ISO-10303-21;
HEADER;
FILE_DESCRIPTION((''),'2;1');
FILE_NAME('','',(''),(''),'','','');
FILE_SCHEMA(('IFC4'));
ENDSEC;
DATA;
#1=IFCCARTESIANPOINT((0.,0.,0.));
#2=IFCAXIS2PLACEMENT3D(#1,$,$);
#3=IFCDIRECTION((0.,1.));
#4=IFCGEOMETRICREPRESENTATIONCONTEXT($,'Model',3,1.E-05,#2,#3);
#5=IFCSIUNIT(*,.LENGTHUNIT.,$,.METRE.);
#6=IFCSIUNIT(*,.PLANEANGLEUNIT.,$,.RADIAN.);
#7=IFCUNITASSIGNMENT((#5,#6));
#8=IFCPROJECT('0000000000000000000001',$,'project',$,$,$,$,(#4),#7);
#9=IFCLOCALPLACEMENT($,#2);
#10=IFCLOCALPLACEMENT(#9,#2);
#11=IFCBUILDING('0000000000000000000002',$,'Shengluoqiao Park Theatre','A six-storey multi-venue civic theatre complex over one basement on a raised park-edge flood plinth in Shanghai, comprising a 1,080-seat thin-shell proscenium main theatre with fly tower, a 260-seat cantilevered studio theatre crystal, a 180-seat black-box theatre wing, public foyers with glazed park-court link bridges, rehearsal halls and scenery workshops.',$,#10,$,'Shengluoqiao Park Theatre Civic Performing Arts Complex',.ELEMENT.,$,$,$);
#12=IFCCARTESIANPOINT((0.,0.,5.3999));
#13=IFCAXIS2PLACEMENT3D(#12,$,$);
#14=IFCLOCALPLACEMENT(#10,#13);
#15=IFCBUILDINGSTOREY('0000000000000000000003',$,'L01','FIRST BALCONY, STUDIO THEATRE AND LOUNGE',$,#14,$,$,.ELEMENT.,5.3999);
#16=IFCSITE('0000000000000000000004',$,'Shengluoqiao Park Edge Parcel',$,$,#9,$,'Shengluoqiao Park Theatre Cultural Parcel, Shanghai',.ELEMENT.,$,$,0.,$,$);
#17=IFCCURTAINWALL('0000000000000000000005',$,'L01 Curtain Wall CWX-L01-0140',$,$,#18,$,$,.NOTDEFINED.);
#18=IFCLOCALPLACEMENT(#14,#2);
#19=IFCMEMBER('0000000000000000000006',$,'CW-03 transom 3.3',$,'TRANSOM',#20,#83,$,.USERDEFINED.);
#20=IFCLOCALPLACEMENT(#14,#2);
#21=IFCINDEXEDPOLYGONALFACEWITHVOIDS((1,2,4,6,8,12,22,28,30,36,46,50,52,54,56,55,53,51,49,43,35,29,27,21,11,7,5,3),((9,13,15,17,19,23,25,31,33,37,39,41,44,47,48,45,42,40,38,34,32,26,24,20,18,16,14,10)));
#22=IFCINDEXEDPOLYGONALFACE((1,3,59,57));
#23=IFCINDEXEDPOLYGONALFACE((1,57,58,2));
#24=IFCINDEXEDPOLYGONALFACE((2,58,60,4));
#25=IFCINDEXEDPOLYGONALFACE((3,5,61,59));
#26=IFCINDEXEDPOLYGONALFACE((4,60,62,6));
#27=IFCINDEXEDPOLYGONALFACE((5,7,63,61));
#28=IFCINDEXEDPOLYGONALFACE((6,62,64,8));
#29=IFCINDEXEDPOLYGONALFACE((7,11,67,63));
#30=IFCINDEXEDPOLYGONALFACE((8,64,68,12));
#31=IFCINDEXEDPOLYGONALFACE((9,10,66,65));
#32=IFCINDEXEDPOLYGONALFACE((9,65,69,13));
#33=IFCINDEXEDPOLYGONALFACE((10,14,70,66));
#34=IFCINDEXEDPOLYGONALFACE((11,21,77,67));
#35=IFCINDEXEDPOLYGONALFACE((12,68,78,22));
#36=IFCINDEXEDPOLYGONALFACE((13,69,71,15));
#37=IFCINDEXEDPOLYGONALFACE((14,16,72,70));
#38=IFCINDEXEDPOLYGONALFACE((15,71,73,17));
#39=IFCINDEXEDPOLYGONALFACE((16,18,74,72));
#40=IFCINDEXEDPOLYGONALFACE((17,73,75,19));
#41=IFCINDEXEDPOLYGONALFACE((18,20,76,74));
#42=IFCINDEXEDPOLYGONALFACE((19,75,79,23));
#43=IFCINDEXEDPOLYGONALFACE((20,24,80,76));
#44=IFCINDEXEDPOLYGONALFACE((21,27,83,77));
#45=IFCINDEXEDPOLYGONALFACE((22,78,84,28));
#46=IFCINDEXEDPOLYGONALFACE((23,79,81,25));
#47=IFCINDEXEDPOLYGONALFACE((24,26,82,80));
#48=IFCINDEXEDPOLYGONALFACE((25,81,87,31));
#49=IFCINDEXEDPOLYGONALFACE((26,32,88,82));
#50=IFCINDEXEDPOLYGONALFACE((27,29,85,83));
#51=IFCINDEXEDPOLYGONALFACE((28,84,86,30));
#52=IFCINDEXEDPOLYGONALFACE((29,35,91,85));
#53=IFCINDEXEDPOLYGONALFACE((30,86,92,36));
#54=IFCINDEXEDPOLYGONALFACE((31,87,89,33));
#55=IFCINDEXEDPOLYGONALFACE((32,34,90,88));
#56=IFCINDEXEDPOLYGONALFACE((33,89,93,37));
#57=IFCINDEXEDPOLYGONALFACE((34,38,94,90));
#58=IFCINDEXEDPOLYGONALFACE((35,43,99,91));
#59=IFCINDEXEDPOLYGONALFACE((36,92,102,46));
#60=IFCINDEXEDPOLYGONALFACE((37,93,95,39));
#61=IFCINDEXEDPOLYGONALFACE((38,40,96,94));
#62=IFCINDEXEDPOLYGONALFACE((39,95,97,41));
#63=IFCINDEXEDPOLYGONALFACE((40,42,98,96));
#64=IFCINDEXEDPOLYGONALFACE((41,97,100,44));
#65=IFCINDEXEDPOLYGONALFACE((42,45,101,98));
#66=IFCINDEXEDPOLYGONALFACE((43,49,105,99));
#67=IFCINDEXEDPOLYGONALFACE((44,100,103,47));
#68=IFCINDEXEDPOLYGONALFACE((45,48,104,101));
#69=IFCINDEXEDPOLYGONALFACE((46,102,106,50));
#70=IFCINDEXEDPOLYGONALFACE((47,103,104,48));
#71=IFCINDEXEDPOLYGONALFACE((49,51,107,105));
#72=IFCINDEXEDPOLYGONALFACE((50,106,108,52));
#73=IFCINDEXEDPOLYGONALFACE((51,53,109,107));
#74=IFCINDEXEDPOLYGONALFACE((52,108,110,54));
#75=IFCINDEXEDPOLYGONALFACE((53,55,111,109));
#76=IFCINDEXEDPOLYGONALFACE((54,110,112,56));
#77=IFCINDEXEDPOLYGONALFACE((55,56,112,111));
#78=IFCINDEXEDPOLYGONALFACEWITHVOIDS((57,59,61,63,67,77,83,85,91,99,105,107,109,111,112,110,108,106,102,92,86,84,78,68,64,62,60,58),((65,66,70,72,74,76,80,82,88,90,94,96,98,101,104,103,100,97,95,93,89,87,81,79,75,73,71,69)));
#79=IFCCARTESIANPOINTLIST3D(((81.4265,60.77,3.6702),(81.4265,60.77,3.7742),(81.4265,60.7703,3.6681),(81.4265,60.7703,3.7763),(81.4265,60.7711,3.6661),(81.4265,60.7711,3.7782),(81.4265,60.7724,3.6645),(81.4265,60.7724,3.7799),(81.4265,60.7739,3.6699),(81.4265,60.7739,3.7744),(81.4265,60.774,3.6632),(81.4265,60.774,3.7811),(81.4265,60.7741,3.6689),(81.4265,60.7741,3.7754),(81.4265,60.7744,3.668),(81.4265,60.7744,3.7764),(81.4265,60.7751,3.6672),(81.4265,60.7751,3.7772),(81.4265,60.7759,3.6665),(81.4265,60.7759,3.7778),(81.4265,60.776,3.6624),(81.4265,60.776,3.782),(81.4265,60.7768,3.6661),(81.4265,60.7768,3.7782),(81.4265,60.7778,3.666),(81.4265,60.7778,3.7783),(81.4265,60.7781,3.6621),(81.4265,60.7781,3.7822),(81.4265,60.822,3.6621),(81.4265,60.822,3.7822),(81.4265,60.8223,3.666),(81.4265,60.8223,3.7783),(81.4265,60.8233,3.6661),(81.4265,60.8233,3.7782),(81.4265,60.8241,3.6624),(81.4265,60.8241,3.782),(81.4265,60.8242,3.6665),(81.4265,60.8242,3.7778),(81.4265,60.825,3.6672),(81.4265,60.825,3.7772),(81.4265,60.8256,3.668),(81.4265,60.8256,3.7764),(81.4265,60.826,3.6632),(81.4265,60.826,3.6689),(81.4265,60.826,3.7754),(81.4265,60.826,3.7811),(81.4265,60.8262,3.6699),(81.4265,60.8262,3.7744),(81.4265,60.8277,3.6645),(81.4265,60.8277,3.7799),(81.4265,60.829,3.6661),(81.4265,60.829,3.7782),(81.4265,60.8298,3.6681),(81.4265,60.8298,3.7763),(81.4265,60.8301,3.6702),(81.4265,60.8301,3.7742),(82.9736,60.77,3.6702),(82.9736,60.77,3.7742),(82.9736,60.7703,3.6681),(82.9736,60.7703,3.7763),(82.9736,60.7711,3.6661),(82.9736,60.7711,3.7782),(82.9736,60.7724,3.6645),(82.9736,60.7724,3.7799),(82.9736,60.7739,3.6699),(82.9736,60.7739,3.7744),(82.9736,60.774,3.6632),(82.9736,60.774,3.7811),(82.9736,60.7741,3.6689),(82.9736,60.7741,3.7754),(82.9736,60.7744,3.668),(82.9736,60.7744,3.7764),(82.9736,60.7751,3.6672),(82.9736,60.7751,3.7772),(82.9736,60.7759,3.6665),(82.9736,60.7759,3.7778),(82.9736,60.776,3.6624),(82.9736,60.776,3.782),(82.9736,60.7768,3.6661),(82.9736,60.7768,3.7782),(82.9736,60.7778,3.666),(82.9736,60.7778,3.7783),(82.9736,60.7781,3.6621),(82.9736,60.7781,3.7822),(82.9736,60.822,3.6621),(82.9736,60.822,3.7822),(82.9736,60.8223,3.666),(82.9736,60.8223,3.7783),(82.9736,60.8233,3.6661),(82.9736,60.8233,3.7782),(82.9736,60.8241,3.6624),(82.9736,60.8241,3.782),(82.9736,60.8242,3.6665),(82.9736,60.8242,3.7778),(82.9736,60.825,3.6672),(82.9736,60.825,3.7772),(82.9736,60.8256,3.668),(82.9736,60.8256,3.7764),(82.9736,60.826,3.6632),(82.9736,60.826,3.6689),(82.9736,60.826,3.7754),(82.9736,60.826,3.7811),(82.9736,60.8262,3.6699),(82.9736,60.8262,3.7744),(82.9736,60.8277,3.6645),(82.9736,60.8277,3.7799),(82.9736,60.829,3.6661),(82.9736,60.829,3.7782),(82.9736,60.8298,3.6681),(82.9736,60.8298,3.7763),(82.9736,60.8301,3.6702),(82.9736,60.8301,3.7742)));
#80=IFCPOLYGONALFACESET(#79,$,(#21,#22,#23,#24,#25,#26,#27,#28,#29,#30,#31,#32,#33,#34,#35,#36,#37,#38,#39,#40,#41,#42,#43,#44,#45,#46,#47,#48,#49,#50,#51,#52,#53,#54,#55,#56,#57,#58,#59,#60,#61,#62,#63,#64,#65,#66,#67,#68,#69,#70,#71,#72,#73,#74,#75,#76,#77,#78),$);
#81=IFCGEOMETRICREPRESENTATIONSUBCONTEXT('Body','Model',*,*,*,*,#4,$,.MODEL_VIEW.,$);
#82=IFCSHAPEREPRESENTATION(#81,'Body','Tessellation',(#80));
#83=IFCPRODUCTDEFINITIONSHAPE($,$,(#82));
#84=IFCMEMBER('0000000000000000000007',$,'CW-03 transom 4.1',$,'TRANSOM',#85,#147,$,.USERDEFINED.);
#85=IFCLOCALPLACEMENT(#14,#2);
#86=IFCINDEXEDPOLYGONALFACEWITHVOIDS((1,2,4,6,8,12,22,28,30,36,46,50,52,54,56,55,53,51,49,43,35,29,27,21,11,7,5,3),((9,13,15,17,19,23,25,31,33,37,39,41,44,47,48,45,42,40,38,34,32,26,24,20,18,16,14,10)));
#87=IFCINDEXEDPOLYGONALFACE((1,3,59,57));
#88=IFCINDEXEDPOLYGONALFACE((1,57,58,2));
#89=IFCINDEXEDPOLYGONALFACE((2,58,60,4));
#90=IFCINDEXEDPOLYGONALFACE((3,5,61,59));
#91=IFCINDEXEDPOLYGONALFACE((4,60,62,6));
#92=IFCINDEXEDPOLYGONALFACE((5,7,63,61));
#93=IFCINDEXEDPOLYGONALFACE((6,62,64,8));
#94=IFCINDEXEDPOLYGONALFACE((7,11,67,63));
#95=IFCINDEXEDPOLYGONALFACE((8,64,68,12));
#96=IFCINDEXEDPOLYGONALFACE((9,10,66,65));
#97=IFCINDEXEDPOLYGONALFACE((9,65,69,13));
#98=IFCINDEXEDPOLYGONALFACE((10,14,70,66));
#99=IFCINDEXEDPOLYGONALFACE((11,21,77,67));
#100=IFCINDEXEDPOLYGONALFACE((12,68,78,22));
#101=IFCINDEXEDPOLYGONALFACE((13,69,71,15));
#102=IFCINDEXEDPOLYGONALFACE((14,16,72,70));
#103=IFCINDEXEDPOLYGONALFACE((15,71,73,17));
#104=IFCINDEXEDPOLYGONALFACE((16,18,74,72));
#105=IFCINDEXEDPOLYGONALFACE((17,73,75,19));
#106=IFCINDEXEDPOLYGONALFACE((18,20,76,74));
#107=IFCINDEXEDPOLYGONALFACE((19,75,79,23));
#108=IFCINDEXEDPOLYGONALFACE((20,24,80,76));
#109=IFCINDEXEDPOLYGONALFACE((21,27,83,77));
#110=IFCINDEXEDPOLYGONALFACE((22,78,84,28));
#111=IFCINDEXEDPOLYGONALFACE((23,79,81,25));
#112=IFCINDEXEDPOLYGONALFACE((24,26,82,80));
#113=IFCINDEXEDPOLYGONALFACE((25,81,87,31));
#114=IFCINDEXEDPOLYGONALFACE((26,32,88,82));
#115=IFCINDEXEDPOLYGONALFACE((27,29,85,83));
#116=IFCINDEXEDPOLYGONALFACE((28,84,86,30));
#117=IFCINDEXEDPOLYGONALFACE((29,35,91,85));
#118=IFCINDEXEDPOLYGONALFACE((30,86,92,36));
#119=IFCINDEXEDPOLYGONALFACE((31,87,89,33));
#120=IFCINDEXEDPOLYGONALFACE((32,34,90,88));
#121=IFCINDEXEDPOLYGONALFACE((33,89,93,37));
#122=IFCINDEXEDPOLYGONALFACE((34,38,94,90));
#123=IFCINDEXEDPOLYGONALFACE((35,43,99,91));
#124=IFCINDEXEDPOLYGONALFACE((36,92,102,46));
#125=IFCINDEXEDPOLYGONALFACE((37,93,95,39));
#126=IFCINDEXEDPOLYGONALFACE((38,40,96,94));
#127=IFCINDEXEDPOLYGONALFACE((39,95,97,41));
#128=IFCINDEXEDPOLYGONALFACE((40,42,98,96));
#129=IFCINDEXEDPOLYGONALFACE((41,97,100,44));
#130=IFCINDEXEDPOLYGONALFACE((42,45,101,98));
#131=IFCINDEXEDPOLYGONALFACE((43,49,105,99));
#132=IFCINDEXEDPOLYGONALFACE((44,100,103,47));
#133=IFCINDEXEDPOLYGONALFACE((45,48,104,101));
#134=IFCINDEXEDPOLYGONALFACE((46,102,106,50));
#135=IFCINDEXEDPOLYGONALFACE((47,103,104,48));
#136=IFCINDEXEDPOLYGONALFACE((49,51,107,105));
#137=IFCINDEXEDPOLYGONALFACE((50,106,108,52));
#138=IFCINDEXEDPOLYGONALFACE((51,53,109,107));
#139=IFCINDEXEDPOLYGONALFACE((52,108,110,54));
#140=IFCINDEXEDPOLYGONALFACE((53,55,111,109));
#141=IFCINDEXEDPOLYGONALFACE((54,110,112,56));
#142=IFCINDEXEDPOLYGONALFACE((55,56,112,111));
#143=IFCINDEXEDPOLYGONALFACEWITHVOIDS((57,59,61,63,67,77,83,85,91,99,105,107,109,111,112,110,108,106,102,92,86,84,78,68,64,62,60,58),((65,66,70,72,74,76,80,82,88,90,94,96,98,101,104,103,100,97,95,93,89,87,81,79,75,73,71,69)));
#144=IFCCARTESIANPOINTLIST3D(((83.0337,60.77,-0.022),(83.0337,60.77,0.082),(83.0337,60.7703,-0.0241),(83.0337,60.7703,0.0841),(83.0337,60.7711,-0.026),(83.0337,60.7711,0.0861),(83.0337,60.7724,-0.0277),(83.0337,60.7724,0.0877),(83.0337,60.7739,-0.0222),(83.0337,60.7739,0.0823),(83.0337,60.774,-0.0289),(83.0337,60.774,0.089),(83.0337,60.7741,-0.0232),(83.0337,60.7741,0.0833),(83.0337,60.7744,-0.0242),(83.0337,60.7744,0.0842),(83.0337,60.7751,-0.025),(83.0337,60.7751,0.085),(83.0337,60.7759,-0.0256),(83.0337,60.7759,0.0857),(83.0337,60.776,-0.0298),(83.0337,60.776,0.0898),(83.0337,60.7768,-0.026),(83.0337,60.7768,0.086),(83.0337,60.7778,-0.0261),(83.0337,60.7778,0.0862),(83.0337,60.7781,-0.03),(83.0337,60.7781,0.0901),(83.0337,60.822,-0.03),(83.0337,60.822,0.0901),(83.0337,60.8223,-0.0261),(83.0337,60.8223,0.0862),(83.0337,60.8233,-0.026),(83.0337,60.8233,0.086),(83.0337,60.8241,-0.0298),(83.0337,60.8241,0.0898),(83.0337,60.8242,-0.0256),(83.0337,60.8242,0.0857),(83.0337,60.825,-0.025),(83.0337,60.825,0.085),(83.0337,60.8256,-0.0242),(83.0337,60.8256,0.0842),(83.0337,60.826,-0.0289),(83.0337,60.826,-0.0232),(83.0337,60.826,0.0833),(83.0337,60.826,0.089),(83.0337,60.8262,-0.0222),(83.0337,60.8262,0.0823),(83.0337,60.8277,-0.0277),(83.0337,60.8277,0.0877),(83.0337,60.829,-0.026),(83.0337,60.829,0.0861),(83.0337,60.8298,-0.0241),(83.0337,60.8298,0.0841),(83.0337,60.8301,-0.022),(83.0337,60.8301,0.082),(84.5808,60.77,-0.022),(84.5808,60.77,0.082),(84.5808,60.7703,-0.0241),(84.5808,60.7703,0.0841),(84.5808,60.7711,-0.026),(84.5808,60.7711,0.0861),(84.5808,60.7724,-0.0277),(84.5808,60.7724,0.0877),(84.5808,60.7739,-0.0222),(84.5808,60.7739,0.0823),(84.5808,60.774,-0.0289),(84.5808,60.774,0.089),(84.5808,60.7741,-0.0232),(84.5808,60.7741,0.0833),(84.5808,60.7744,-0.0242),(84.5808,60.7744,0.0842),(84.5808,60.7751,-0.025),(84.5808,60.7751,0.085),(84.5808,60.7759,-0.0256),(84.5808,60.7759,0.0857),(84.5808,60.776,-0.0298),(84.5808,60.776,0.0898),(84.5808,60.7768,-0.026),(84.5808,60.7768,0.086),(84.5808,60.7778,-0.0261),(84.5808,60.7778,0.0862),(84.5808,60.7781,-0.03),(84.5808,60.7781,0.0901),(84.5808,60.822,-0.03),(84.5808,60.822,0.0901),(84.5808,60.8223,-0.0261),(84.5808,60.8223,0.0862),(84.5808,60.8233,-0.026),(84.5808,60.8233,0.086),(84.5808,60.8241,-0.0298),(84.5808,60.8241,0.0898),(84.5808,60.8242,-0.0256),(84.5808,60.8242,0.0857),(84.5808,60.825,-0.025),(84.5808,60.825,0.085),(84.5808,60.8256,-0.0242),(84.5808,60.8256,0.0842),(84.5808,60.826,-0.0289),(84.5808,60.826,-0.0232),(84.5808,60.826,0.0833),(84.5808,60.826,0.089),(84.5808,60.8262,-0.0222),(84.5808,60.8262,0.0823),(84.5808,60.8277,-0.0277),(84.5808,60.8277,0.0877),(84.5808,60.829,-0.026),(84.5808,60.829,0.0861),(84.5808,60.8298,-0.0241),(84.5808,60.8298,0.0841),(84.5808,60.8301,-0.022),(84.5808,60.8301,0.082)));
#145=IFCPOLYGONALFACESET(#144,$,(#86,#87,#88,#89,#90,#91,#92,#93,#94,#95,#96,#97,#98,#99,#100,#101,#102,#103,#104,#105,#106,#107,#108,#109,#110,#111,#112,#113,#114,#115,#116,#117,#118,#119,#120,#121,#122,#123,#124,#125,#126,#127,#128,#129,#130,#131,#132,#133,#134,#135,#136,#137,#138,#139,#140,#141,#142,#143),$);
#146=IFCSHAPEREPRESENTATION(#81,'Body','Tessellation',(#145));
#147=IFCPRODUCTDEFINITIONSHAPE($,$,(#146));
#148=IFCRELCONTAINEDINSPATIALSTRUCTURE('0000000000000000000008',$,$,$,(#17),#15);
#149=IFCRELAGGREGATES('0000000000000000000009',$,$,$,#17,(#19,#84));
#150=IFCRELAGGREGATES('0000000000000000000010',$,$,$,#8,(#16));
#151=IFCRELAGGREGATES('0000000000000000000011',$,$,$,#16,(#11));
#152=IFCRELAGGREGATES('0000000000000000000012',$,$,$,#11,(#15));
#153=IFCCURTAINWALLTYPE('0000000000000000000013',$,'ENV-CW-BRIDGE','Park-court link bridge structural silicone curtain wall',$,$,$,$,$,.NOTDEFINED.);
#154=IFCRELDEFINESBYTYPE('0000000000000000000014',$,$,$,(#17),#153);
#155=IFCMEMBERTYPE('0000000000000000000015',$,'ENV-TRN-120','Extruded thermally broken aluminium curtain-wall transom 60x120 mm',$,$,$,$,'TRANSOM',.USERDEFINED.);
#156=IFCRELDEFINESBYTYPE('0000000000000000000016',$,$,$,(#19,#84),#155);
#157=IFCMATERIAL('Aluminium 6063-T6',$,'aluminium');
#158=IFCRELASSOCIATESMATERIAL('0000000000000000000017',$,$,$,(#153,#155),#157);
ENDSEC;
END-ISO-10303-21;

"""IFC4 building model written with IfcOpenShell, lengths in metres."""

from ifc_helpers import new_model, si_unit, direction, frame, origin, origin_2d, place, context, subcontext, project, spatial, hollow_rectangle, extrude, material, material_profile, profile_set, type_object, element, aggregate, save


model = new_model("IFC4")

# Units and contexts
model_context = context("Model", 3, precision=1e-05, world=origin(), true_north=direction((0.0, 1.0)))
body_context = subcontext(model_context, "Body", "Model", "MODEL_VIEW")
ifc_project = project(units=[si_unit("LENGTHUNIT", "METRE"), si_unit("PLANEANGLEUNIT", "RADIAN")], contexts=[model_context])

# Site, building, storey
site_placement = place(None, origin())
site = spatial("IfcSite", under=ifc_project, at=site_placement, Name="Shengluoqiao Park Edge Parcel", LongName="Shengluoqiao Park Theatre Cultural Parcel, Shanghai", CompositionType="ELEMENT", RefElevation=0.0)
building_placement = place(site_placement, origin())
building = spatial("IfcBuilding", under=site, at=building_placement, Name="Shengluoqiao Park Theatre", Description="A six-storey multi-venue civic theatre complex over one basement on a raised park-edge flood plinth in Shanghai, comprising a 1,080-seat thin-shell proscenium main theatre with fly tower, a 260-seat cantilevered studio theatre crystal, a 180-seat black-box theatre wing, public foyers with glazed park-court link bridges, rehearsal halls and scenery workshops.", LongName="Shengluoqiao Park Theatre Civic Performing Arts Complex", CompositionType="ELEMENT")
storey_placement = place(building_placement, frame((0.0, 0.0, 5.3999)))
storey = spatial("IfcBuildingStorey", under=building, at=storey_placement, Name="L01", Description="FIRST BALCONY, STUDIO THEATRE AND LOUNGE", CompositionType="ELEMENT", Elevation=5.3999)

# Shared definitions
ifc_material_1 = material(Name="Aluminium 6063-T6", Category="aluminium")
curtain_wall_type = type_object("IfcCurtainWallType", Name="ENV-CW-BRIDGE", Description="Park-court link bridge structural silicone curtain wall", PredefinedType="NOTDEFINED", material=ifc_material_1)

# Curtain wall, members
curtain_wall_1_placement = place(storey_placement, origin())
curtain_wall_1 = element("IfcCurtainWall", 1, at=curtain_wall_1_placement, inside=storey, type_object=curtain_wall_type, Name="L01 Curtain Wall CWX-L01-0140", PredefinedType="NOTDEFINED")
ifc_material_profile_1 = material_profile(ifc_material_1, hollow_rectangle(XDim=0.0601, YDim=0.1201, WallThickness=0.0039, InnerFilletRadius=0.0039, OuterFilletRadius=0.0081, at=origin_2d()), Name="ALU TRANSOM 120x60x4")
ifc_profile_set_1 = profile_set([ifc_material_profile_1], Name="Aluminium 6063-T6")
member_type_1 = type_object("IfcMemberType", Name="ENV-TRN-120", Description="Extruded thermally broken aluminium curtain-wall transom 60x120 mm", ElementType="TRANSOM", PredefinedType="USERDEFINED", material=ifc_profile_set_1)
member_1_placement = place(storey_placement, frame((81.4265, 60.8, 3.7222), z_axis=(1.0, 0.0, 0.0), x_axis=(0.0, 1.0, 0.0)))
member_1 = element("IfcMember", 2, at=member_1_placement, type_object=member_type_1, Name="CW-03 transom 3.3", ObjectType="TRANSOM", PredefinedType="USERDEFINED", context=body_context, shape_type="SweptSolid", body=[
    extrude(hollow_rectangle(XDim=0.0601, YDim=0.1201, WallThickness=0.0039, InnerFilletRadius=0.0039, OuterFilletRadius=0.0081, at=origin_2d()), origin(), (0.0, 0.0, 1.0), 1.5471),
])
member_2_placement = place(storey_placement, frame((83.0337, 60.8, 0.03), z_axis=(1.0, 0.0, 0.0), x_axis=(0.0, 1.0, 0.0)))
member_2 = element("IfcMember", 3, at=member_2_placement, type_object=member_type_1, Name="CW-03 transom 4.1", ObjectType="TRANSOM", PredefinedType="USERDEFINED", context=body_context, shape_type="SweptSolid", body=[
    extrude(hollow_rectangle(XDim=0.0601, YDim=0.1201, WallThickness=0.0039, InnerFilletRadius=0.0039, OuterFilletRadius=0.0081, at=origin_2d()), origin(), (0.0, 0.0, 1.0), 1.5471),
])

aggregate(curtain_wall_1, [member_1, member_2])

save(model, "model.ifc")
